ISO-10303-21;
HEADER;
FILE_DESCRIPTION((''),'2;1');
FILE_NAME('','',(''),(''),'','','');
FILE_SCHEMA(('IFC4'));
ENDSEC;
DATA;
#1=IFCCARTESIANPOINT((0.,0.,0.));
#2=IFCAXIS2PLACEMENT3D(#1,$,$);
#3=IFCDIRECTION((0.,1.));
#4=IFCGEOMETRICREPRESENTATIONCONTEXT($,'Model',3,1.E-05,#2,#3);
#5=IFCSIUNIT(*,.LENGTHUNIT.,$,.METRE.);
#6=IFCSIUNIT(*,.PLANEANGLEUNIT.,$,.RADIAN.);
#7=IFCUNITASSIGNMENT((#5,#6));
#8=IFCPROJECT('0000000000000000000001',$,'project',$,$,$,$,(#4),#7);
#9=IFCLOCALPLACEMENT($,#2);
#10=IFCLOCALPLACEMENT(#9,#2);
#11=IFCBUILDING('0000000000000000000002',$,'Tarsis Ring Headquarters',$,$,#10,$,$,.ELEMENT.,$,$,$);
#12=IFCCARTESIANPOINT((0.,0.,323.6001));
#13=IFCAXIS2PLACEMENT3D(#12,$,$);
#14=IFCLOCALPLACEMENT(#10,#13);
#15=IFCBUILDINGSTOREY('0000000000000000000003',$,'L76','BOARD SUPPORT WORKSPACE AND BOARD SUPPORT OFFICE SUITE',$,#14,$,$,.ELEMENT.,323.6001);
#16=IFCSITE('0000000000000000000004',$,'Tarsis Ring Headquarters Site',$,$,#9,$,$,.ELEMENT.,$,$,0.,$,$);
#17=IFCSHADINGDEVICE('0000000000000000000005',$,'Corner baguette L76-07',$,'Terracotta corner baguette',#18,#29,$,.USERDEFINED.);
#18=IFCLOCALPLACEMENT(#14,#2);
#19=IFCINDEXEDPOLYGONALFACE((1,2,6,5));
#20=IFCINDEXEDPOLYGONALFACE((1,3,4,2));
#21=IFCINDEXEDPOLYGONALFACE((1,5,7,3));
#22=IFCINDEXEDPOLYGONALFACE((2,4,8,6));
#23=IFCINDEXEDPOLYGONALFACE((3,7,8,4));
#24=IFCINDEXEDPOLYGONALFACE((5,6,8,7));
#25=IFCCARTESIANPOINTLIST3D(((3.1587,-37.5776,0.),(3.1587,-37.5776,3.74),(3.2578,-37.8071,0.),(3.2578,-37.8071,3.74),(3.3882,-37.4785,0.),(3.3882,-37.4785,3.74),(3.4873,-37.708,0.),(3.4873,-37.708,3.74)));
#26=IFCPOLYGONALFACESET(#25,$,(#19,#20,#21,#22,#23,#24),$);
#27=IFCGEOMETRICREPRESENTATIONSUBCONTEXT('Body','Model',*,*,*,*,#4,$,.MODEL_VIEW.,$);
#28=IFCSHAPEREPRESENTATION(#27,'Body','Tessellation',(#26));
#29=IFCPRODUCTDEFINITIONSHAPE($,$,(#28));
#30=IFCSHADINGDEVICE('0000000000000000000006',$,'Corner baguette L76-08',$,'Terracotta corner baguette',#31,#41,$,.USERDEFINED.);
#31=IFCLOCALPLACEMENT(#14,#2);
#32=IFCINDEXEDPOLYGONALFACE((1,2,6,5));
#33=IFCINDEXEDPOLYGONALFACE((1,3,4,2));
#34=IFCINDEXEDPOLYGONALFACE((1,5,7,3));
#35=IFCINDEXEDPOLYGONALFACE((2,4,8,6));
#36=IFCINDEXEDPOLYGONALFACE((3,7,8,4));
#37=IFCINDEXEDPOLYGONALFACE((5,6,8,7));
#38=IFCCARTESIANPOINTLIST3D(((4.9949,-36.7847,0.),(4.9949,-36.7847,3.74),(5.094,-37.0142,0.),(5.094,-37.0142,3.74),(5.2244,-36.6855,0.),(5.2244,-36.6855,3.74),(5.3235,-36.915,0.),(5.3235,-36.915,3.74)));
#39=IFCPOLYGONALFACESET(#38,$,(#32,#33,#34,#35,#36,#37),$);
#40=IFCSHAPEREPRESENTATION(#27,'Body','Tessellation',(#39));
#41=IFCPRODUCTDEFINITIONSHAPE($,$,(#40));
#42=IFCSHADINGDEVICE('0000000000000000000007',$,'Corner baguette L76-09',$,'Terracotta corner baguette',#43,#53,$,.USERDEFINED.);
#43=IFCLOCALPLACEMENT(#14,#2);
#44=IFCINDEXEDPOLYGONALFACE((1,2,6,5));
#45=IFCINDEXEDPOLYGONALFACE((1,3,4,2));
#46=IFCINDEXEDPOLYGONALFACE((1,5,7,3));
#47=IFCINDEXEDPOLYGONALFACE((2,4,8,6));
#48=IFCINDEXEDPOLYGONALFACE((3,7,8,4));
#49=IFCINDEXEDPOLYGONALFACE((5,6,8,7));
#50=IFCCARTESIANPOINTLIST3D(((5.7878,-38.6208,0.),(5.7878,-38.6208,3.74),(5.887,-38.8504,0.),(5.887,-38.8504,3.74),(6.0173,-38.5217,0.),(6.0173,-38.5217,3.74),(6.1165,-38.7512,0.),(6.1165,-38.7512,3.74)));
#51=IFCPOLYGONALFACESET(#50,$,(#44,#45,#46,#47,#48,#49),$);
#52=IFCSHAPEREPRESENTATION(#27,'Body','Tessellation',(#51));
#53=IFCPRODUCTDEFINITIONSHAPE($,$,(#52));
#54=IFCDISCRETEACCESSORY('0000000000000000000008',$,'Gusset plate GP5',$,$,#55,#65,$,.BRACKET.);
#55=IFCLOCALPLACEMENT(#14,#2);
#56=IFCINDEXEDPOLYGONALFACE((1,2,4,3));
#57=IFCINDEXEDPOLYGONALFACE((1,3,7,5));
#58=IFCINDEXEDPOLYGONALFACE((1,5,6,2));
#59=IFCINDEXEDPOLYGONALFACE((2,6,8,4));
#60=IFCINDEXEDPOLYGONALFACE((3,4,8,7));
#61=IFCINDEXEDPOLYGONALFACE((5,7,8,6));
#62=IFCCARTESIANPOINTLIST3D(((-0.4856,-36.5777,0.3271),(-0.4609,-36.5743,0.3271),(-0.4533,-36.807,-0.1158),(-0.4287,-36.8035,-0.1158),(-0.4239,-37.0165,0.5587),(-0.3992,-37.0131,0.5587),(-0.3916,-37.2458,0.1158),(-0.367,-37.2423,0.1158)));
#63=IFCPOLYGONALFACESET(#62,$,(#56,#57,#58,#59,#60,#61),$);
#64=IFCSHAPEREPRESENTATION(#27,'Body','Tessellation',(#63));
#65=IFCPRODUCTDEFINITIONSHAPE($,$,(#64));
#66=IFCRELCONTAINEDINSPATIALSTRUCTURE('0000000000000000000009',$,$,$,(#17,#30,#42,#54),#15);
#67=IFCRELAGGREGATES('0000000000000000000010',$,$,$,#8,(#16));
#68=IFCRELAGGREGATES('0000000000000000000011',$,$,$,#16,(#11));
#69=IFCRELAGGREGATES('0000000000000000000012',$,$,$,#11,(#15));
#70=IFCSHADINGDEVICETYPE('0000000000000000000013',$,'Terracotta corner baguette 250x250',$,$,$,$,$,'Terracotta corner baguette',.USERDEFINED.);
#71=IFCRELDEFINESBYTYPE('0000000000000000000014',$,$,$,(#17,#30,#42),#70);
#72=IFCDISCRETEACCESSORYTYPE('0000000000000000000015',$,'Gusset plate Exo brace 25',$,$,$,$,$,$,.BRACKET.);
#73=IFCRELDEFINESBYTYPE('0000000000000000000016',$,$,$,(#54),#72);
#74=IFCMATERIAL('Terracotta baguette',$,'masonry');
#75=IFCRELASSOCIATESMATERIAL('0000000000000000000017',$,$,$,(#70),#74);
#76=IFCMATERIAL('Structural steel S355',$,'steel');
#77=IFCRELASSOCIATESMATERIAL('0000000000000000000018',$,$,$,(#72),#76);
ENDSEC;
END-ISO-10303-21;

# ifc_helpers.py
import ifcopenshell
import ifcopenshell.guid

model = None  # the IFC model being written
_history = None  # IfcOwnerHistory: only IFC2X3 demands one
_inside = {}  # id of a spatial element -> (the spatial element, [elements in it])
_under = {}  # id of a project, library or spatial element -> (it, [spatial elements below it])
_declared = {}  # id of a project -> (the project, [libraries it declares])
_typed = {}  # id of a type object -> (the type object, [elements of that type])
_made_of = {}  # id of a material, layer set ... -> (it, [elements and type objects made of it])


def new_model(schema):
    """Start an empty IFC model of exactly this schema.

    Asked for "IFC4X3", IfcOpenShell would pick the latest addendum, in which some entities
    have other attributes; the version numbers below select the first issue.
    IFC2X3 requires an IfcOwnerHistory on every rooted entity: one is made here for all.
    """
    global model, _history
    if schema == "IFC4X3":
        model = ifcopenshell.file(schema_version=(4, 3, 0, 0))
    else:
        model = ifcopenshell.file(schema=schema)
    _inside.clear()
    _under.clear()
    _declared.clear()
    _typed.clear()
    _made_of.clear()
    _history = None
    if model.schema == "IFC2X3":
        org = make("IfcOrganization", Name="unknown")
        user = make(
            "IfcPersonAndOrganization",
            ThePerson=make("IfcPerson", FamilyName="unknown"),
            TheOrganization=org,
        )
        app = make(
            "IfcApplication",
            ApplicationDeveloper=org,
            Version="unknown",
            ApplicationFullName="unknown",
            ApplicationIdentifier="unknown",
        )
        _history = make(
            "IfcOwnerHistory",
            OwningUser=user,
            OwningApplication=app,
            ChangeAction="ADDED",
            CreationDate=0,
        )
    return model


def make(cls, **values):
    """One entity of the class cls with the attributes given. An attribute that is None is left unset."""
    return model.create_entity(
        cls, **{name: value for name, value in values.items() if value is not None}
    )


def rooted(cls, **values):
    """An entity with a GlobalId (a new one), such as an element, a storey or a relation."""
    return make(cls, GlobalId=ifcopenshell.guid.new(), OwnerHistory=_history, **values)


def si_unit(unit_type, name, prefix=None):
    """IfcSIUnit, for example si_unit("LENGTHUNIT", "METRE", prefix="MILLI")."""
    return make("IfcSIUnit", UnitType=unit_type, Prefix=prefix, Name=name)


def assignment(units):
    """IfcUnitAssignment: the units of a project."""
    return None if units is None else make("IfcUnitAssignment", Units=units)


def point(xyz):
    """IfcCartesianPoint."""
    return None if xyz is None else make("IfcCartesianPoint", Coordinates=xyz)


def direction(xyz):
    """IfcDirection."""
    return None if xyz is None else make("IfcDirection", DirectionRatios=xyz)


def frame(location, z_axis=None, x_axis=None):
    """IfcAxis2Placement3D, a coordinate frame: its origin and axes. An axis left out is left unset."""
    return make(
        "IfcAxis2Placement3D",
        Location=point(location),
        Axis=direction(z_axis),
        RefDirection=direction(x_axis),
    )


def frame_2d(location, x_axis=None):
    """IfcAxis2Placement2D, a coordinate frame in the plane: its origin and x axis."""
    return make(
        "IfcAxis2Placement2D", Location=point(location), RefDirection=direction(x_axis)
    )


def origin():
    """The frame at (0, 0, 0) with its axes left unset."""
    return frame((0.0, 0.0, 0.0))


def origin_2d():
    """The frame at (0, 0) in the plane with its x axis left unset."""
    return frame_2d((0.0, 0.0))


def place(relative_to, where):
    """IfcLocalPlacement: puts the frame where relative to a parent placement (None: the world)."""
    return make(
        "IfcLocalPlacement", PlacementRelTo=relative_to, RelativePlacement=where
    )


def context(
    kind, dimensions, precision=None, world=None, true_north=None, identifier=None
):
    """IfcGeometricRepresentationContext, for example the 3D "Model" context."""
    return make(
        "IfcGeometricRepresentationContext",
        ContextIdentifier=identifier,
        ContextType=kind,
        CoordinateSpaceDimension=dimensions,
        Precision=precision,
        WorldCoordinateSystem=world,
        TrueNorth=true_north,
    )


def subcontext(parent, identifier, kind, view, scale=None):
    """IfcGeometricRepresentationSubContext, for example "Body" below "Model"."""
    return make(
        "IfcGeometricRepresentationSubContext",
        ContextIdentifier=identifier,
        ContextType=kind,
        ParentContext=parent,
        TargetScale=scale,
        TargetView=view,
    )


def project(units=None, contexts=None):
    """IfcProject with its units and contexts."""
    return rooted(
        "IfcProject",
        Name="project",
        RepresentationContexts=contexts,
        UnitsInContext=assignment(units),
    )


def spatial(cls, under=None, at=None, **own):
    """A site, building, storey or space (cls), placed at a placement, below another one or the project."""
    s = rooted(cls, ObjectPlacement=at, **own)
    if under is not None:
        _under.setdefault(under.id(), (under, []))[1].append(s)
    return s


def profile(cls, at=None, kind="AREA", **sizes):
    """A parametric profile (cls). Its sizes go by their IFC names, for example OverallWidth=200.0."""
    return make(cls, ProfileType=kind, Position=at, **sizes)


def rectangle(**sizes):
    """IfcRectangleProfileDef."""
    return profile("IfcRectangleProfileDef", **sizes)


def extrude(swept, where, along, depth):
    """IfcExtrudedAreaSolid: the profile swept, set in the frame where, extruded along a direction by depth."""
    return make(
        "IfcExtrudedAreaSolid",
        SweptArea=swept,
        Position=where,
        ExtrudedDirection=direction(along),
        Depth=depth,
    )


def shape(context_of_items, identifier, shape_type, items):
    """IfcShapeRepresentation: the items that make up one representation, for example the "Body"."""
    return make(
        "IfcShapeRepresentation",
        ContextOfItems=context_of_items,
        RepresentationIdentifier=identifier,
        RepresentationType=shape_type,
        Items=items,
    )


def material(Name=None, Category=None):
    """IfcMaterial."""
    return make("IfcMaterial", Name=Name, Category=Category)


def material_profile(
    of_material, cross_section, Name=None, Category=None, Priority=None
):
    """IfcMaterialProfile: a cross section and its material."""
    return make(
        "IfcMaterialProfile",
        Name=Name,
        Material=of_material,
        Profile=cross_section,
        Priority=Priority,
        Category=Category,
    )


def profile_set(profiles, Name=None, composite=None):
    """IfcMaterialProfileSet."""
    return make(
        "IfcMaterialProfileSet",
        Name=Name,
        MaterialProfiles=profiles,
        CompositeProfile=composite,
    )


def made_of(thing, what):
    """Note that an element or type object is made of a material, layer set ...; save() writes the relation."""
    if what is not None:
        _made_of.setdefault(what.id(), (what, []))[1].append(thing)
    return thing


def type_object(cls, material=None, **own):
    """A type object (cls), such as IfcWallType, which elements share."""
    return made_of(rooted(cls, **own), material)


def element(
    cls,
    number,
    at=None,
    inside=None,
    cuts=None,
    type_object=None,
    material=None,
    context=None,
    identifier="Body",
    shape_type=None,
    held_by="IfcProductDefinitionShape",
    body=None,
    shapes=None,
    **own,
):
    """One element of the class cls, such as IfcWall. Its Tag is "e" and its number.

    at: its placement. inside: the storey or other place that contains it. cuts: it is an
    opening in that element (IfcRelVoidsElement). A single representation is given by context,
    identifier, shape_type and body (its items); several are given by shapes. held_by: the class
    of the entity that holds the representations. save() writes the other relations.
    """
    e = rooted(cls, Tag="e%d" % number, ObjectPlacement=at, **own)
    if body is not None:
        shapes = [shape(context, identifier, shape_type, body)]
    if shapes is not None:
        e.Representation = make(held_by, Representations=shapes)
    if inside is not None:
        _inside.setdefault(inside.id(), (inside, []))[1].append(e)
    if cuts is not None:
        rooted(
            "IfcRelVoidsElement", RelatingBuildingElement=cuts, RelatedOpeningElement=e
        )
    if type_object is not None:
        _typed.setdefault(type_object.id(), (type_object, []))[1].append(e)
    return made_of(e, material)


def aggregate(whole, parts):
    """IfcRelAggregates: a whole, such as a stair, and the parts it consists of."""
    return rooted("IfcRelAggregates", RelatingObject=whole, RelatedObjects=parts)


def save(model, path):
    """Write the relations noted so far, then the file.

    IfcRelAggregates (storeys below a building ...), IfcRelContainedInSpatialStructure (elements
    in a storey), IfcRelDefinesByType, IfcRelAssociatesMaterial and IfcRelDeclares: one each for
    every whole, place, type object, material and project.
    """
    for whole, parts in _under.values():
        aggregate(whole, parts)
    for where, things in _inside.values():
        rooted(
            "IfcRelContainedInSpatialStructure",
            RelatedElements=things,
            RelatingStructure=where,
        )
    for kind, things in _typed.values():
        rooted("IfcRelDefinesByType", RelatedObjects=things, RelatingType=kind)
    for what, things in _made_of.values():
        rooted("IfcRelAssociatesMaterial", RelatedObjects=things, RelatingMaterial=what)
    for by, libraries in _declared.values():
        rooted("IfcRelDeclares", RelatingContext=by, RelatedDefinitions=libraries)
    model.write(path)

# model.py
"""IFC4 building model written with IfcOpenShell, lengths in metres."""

from ifc_helpers import new_model, si_unit, direction, frame, origin, origin_2d, place, context, subcontext, project, spatial, rectangle, extrude, material, material_profile, profile_set, type_object, element, save


model = new_model("IFC4")

# Units and contexts
model_context = context("Model", 3, precision=1e-05, world=origin(), true_north=direction((0.0, 1.0)))
body_context = subcontext(model_context, "Body", "Model", "MODEL_VIEW")
ifc_project = project(units=[si_unit("LENGTHUNIT", "METRE"), si_unit("PLANEANGLEUNIT", "RADIAN")], contexts=[model_context])

# Site, building, storey
site_placement = place(None, origin())
site = spatial("IfcSite", under=ifc_project, at=site_placement, Name="Tarsis Ring Headquarters Site", CompositionType="ELEMENT", RefElevation=0.0)
building_placement = place(site_placement, origin())
building = spatial("IfcBuilding", under=site, at=building_placement, Name="Tarsis Ring Headquarters", CompositionType="ELEMENT")
storey_placement = place(building_placement, frame((0.0, 0.0, 323.6001)))
storey = spatial("IfcBuildingStorey", under=building, at=storey_placement, Name="L76", Description="BOARD SUPPORT WORKSPACE AND BOARD SUPPORT OFFICE SUITE", CompositionType="ELEMENT", Elevation=323.6001)

# Shared definitions
ifc_material_1 = material(Name="Structural steel S355", Category="steel")

# Shading devices
ifc_material_2 = material(Name="Terracotta baguette", Category="masonry")
shading_device_type_1 = type_object("IfcShadingDeviceType", Name="Terracotta corner baguette 250x250", ElementType="Terracotta corner baguette", PredefinedType="USERDEFINED", material=ifc_material_2)
for number, where, z_axis, x_axis, name in (
    (1, (3.323, -37.6428, 0.0), (0.0, 0.0, 1.0), (0.396507, -0.918032, 0.0), "Corner baguette L76-07"),
    (2, (5.1592, -36.8499, 0.0), (0.0, 0.0, 1.0), (0.918032, 0.396507, 0.0), "Corner baguette L76-08"),
    (3, (5.9521, -38.686, 0.0), (0.0, 0.0, 1.0), (0.396507, -0.918032, 0.0), "Corner baguette L76-09"),
):
    element("IfcShadingDevice", number, at=place(storey_placement, frame(where, z_axis=z_axis, x_axis=x_axis)), inside=storey, type_object=shading_device_type_1, Name=name, ObjectType="Terracotta corner baguette", PredefinedType="USERDEFINED", context=body_context, shape_type="SweptSolid", body=[
        extrude(rectangle(XDim=0.25, YDim=0.25, at=origin_2d()), origin(), (0.0, 0.0, 1.0), 3.74),
    ])

# Discrete accessory
ifc_material_profile_1 = material_profile(ifc_material_1, rectangle(XDim=0.0249, YDim=0.5, at=origin_2d()), Name="PL 25x500")
ifc_profile_set_1 = profile_set([ifc_material_profile_1], Name="Structural steel S355")
discrete_accessory_type = type_object("IfcDiscreteAccessoryType", Name="Gusset plate Exo brace 25", PredefinedType="BRACKET", material=ifc_profile_set_1)
discrete_accessory_placement = place(storey_placement, frame((-0.4102, -37.0247, 0.0), z_axis=(-0.064488, 0.458746, 0.886224), x_axis=(-0.990263, -0.139206, 0.0)))
element("IfcDiscreteAccessory", 4, at=discrete_accessory_placement, inside=storey, type_object=discrete_accessory_type, Name="Gusset plate GP5", PredefinedType="BRACKET", context=body_context, shape_type="SweptSolid", body=[
    extrude(rectangle(XDim=0.0249, YDim=0.5, at=origin_2d()), origin(), (0.0, 0.0, 1.0), 0.4998),
])

save(model, "model.ifc")
